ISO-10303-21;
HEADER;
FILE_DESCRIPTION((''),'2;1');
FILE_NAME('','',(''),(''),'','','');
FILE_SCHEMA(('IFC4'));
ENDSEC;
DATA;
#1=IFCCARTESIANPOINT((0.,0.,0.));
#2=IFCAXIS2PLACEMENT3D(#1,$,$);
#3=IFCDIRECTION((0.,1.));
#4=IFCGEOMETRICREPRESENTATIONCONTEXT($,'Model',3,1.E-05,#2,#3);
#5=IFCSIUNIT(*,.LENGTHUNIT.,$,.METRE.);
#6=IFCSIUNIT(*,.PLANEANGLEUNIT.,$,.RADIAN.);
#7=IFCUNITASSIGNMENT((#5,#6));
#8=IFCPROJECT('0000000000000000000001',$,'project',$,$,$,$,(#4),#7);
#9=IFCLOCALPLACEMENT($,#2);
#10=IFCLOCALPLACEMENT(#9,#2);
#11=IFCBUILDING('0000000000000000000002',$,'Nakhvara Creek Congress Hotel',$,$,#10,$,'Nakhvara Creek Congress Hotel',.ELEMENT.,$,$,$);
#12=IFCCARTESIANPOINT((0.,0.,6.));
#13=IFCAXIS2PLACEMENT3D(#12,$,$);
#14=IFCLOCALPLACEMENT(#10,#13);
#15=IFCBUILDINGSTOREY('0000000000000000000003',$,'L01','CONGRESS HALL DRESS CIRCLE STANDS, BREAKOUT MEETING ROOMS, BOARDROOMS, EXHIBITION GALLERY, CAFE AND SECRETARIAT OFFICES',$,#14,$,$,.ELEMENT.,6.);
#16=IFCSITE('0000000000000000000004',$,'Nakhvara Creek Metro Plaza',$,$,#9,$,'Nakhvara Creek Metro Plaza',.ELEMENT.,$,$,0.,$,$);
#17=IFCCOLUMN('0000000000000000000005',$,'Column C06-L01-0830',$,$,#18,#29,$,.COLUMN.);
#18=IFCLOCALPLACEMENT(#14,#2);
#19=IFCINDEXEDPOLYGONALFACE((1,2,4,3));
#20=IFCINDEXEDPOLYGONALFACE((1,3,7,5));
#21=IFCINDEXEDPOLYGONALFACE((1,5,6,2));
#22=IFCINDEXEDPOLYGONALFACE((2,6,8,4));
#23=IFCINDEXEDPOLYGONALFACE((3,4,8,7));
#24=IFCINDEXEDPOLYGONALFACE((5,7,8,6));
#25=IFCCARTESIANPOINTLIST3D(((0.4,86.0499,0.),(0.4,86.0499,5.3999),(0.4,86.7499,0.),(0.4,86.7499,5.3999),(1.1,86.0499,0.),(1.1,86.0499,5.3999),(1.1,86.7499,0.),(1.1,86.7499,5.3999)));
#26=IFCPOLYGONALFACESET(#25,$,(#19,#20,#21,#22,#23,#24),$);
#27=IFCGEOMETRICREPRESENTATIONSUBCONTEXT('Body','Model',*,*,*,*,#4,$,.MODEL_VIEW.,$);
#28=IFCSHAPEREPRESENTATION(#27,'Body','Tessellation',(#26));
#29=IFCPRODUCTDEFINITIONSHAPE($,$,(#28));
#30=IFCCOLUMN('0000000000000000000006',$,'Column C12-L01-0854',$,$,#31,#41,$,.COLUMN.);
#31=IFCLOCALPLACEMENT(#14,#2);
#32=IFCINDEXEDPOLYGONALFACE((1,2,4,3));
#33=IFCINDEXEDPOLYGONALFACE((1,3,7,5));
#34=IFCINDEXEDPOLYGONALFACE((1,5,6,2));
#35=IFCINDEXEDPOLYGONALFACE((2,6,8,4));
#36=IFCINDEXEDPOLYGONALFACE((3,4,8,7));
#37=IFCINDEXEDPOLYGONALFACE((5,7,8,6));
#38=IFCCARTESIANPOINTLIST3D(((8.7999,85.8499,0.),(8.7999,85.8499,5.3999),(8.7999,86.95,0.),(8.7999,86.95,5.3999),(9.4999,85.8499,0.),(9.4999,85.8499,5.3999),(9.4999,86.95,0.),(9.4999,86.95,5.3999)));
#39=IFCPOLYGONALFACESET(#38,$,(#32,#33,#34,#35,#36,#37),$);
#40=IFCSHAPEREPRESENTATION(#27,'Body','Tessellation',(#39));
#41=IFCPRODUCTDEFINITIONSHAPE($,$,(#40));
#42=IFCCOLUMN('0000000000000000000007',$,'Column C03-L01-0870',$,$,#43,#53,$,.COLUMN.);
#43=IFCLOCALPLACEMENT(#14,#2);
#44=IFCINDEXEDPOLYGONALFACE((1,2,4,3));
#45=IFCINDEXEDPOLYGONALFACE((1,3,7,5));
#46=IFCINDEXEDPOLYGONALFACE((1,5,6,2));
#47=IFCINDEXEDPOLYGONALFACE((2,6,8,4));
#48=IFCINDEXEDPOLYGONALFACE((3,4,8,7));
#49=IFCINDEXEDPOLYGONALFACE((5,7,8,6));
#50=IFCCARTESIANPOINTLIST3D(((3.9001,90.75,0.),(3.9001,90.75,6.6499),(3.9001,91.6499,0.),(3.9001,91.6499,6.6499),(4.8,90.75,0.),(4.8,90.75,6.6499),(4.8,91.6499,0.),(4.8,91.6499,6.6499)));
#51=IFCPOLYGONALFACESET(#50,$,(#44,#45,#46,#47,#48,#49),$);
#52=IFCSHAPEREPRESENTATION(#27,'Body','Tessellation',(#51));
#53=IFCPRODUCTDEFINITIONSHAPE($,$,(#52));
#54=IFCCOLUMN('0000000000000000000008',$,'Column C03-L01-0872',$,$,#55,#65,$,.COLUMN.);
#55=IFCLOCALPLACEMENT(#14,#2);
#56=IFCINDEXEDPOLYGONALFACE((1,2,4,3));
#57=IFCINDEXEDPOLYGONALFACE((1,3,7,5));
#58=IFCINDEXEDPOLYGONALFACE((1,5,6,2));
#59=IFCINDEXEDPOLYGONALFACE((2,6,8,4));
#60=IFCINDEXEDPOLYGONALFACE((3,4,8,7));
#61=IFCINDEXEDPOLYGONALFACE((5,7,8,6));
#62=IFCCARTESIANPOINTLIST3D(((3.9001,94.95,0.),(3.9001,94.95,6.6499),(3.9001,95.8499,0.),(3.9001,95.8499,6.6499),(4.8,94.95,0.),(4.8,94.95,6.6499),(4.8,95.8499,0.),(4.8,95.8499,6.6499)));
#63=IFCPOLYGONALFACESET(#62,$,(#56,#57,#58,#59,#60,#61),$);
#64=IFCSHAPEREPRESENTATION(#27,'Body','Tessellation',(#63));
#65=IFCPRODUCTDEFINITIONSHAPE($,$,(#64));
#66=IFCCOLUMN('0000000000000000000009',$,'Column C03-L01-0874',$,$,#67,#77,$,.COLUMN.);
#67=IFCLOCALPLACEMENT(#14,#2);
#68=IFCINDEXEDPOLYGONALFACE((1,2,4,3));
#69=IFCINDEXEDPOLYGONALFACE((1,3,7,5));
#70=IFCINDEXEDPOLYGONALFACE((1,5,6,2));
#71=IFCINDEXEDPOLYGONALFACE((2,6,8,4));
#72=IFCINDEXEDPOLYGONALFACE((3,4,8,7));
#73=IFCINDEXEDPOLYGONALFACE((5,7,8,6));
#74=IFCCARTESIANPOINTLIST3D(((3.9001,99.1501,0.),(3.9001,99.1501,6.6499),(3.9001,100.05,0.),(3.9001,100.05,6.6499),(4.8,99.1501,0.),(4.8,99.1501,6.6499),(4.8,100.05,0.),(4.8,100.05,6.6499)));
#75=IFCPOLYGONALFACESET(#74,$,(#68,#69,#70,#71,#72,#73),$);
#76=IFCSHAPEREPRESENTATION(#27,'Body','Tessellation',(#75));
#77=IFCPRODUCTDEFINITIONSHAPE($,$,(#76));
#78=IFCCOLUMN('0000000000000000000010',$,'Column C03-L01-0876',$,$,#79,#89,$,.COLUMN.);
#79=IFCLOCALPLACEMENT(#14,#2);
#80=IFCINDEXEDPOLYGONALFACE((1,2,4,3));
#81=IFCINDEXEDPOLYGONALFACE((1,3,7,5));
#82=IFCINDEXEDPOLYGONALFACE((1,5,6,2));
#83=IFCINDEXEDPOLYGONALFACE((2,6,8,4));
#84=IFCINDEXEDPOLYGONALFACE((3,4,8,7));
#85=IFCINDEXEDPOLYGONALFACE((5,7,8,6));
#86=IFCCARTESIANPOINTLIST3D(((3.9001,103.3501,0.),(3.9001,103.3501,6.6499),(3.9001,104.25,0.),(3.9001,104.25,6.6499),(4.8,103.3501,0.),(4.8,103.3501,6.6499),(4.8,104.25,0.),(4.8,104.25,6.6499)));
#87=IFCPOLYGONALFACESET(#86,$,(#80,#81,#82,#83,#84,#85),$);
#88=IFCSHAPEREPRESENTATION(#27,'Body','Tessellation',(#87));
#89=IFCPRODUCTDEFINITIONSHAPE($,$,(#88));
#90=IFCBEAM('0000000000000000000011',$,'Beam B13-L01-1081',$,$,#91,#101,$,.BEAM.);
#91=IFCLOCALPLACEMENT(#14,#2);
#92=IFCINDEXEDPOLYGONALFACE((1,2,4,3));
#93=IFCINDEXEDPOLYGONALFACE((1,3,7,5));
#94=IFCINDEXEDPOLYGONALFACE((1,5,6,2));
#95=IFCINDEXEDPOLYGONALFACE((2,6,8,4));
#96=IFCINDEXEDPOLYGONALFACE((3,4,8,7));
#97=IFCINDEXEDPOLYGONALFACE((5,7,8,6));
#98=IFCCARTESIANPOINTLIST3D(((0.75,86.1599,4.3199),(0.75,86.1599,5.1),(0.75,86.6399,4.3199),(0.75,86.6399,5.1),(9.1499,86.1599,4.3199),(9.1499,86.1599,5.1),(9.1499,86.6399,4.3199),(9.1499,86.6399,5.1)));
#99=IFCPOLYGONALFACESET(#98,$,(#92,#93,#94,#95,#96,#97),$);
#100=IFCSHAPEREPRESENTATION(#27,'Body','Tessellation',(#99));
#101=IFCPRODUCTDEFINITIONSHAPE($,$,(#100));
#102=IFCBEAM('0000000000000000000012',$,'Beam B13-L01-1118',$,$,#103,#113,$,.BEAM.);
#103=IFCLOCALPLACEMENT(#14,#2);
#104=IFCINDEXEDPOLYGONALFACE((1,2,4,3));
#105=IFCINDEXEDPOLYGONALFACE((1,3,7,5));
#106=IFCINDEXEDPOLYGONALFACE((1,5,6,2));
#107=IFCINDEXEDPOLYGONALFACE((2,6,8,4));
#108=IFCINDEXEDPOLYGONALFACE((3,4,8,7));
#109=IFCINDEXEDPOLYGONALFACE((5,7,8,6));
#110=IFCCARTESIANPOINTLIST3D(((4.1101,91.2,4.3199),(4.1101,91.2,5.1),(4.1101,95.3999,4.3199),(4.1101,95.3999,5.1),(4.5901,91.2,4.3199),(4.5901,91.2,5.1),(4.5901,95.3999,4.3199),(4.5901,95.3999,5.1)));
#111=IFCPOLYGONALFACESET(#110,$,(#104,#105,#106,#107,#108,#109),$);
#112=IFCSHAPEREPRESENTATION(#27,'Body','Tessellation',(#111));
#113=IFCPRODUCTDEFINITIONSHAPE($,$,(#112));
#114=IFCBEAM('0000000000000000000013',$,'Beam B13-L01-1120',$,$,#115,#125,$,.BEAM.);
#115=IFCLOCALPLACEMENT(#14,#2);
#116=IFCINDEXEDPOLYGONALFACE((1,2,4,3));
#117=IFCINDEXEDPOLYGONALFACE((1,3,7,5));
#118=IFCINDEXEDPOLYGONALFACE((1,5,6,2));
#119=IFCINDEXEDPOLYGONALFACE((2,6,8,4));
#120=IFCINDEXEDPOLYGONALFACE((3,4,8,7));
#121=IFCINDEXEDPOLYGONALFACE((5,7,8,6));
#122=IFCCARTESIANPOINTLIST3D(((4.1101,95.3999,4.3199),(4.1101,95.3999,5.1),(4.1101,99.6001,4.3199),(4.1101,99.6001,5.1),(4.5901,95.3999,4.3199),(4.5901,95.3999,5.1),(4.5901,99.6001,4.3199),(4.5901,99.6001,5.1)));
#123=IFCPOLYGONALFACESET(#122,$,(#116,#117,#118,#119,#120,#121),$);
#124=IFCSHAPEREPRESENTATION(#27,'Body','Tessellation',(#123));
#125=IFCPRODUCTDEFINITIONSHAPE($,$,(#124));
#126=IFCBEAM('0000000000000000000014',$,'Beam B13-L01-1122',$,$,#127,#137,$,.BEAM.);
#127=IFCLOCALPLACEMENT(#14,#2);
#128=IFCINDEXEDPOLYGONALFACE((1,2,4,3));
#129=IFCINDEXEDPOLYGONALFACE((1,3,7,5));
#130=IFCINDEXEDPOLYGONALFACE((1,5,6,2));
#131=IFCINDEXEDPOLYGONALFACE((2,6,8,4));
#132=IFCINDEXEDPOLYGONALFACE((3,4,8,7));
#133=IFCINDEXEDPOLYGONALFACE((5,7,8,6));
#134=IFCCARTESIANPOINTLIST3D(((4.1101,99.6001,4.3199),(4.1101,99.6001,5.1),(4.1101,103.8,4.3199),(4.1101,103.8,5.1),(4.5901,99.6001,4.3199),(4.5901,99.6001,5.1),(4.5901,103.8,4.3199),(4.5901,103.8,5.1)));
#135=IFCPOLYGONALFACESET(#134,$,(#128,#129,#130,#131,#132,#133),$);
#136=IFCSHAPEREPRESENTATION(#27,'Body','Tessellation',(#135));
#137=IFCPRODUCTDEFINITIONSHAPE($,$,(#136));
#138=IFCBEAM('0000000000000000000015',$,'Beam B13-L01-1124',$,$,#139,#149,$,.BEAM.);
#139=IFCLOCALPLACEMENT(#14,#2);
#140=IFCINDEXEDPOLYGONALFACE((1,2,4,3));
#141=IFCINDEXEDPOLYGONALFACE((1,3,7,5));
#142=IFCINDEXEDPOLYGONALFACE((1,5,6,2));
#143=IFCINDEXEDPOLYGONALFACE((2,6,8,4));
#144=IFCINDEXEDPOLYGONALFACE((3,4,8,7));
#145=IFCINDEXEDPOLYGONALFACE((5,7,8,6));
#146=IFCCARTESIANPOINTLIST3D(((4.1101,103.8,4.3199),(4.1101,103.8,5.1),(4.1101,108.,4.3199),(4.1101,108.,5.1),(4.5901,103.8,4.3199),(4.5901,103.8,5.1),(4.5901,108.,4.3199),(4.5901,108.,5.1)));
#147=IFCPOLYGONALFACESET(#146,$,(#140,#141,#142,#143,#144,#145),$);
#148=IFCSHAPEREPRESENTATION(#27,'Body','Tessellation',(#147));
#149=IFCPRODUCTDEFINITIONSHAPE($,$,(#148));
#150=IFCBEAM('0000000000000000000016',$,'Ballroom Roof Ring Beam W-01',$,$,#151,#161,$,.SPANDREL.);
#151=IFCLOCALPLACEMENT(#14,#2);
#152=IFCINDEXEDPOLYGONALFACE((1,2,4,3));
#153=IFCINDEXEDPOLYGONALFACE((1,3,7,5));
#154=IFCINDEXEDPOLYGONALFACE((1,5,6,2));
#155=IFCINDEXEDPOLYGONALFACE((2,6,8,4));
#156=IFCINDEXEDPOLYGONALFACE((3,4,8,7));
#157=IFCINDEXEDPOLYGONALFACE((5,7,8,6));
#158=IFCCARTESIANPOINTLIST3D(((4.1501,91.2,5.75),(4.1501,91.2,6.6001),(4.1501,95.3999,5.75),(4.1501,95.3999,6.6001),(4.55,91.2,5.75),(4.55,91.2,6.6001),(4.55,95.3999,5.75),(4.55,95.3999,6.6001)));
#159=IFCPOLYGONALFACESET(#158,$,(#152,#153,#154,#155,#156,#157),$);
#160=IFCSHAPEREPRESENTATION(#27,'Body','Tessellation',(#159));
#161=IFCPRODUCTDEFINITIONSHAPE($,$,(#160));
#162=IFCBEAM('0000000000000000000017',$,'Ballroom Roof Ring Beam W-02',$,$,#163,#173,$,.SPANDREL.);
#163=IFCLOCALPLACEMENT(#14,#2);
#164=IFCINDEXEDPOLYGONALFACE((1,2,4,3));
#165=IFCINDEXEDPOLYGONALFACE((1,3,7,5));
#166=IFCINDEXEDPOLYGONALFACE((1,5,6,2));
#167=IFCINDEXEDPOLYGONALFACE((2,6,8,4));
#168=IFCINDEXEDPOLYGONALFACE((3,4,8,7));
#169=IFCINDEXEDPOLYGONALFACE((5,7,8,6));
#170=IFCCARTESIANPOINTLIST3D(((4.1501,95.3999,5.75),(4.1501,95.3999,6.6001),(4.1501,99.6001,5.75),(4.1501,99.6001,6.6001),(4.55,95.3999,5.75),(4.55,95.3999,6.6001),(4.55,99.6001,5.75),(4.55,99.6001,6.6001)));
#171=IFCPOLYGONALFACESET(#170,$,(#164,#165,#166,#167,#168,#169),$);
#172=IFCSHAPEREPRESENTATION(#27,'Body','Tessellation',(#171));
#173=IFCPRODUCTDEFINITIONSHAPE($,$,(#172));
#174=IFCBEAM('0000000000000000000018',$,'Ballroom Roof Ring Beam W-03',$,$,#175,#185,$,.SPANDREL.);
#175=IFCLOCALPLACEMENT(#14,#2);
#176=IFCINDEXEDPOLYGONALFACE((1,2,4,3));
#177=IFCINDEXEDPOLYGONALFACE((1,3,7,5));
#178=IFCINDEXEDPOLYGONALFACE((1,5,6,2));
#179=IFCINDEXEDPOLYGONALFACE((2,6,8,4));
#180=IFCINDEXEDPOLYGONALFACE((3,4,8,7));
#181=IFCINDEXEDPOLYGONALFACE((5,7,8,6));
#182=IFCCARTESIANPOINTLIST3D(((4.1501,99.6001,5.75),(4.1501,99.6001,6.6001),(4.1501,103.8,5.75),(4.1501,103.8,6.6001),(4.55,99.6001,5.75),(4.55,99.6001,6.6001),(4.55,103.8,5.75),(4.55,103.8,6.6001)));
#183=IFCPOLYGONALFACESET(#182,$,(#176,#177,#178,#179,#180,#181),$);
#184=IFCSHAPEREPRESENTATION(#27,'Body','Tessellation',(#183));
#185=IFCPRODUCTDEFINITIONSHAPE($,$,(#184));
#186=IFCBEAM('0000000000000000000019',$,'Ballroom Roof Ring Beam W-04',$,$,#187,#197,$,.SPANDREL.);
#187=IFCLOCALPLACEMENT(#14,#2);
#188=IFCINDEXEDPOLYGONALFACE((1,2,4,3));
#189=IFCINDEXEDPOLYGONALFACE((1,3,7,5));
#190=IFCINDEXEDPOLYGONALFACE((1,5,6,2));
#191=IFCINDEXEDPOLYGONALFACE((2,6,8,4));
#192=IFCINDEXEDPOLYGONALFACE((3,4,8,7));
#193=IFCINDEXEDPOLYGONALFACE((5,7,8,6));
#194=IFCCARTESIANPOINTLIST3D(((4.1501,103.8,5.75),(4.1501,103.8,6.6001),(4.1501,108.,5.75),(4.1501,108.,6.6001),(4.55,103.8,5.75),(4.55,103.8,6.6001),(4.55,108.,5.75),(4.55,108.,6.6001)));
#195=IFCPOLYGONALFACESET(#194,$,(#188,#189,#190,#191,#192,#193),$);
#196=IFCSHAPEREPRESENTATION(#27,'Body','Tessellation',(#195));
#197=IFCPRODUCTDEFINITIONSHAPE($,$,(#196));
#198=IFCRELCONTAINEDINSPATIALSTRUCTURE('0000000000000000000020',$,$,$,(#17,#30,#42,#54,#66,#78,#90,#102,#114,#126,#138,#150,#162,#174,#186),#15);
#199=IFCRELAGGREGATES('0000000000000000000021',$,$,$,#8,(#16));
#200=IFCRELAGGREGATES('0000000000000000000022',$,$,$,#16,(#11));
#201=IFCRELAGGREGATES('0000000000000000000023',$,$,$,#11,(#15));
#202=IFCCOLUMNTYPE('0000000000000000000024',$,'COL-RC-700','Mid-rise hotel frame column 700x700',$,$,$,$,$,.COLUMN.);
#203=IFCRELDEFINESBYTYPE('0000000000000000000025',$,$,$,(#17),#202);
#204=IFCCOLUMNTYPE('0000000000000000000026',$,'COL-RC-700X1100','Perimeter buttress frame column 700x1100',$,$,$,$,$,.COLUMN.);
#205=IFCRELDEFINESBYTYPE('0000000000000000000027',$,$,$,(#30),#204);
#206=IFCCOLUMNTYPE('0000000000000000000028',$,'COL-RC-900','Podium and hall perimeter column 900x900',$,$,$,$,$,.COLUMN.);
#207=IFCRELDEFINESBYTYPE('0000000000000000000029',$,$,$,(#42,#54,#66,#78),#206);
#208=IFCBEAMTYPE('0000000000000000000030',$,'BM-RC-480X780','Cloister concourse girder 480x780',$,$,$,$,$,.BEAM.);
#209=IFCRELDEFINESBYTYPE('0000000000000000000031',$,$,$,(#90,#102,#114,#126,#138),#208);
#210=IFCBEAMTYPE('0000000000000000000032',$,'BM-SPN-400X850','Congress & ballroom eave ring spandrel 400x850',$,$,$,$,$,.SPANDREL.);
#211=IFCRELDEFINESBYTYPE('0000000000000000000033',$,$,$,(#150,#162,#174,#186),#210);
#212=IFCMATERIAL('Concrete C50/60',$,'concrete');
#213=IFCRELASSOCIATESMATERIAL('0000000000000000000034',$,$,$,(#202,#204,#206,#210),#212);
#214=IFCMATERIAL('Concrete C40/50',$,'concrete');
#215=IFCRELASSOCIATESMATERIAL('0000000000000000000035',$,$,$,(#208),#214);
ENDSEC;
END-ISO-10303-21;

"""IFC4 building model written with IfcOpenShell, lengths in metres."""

from ifc_helpers import new_model, si_unit, direction, frame, origin, origin_2d, place, context, subcontext, project, spatial, rectangle, extrude, material, material_profile, profile_set, type_object, element, save


model = new_model("IFC4")

# Units and contexts
model_context = context("Model", 3, precision=1e-05, world=origin(), true_north=direction((0.0, 1.0)))
body_context = subcontext(model_context, "Body", "Model", "MODEL_VIEW")
ifc_project = project(units=[si_unit("LENGTHUNIT", "METRE"), si_unit("PLANEANGLEUNIT", "RADIAN")], contexts=[model_context])

# Site, building, storey
site_placement = place(None, origin())
site = spatial("IfcSite", under=ifc_project, at=site_placement, Name="Nakhvara Creek Metro Plaza", LongName="Nakhvara Creek Metro Plaza", CompositionType="ELEMENT", RefElevation=0.0)
building_placement = place(site_placement, origin())
building = spatial("IfcBuilding", under=site, at=building_placement, Name="Nakhvara Creek Congress Hotel", LongName="Nakhvara Creek Congress Hotel", CompositionType="ELEMENT")
storey_placement = place(building_placement, frame((0.0, 0.0, 6.0)))
storey = spatial("IfcBuildingStorey", under=building, at=storey_placement, Name="L01", Description="CONGRESS HALL DRESS CIRCLE STANDS, BREAKOUT MEETING ROOMS, BOARDROOMS, EXHIBITION GALLERY, CAFE AND SECRETARIAT OFFICES", CompositionType="ELEMENT", Elevation=6.0)

# Columns
ifc_material_1 = material(Name="Concrete C50/60", Category="concrete")
ifc_material_profile_1 = material_profile(ifc_material_1, rectangle(XDim=0.7, YDim=0.7, at=origin_2d()), Name="RC-COL 700x700", Category="LoadBearing")
ifc_profile_set_1 = profile_set([ifc_material_profile_1], Name="Concrete C50/60")
column_type_1 = type_object("IfcColumnType", Name="COL-RC-700", Description="Mid-rise hotel frame column 700x700", PredefinedType="COLUMN", material=ifc_profile_set_1)
column_1_placement = place(storey_placement, frame((0.75, 86.3999, 0.0), z_axis=(0.0, 0.0, 1.0), x_axis=(1.0, 0.0, 0.0)))
element("IfcColumn", 1, at=column_1_placement, inside=storey, type_object=column_type_1, Name="Column C06-L01-0830", PredefinedType="COLUMN", context=body_context, shape_type="SweptSolid", body=[
    extrude(rectangle(XDim=0.7, YDim=0.7, at=origin_2d()), origin(), (0.0, 0.0, 1.0), 5.3999),
])
ifc_material_profile_2 = material_profile(ifc_material_1, rectangle(XDim=0.7, YDim=1.1001, at=origin_2d()), Name="RC-COL 700x1100", Category="LoadBearing")
ifc_profile_set_2 = profile_set([ifc_material_profile_2], Name="Concrete C50/60")
column_type_2 = type_object("IfcColumnType", Name="COL-RC-700X1100", Description="Perimeter buttress frame column 700x1100", PredefinedType="COLUMN", material=ifc_profile_set_2)
column_2_placement = place(storey_placement, frame((9.1499, 86.3999, 0.0), z_axis=(0.0, 0.0, 1.0), x_axis=(1.0, 0.0, 0.0)))
element("IfcColumn", 2, at=column_2_placement, inside=storey, type_object=column_type_2, Name="Column C12-L01-0854", PredefinedType="COLUMN", context=body_context, shape_type="SweptSolid", body=[
    extrude(rectangle(XDim=0.7, YDim=1.1001, at=origin_2d()), origin(), (0.0, 0.0, 1.0), 5.3999),
])
ifc_material_profile_3 = material_profile(ifc_material_1, rectangle(XDim=0.8999, YDim=0.8999, at=origin_2d()), Name="RC-COL 900x900", Category="LoadBearing")
ifc_profile_set_3 = profile_set([ifc_material_profile_3], Name="Concrete C50/60")
column_type_3 = type_object("IfcColumnType", Name="COL-RC-900", Description="Podium and hall perimeter column 900x900", PredefinedType="COLUMN", material=ifc_profile_set_3)
for number, where, z_axis, x_axis, name in (
    (3, (4.3501, 91.2, 0.0), (0.0, 0.0, 1.0), (1.0, 0.0, 0.0), "Column C03-L01-0870"),
    (4, (4.3501, 95.3999, 0.0), (0.0, 0.0, 1.0), (1.0, 0.0, 0.0), "Column C03-L01-0872"),
    (5, (4.3501, 99.6001, 0.0), (0.0, 0.0, 1.0), (1.0, 0.0, 0.0), "Column C03-L01-0874"),
    (6, (4.3501, 103.8, 0.0), (0.0, 0.0, 1.0), (1.0, 0.0, 0.0), "Column C03-L01-0876"),
):
    element("IfcColumn", number, at=place(storey_placement, frame(where, z_axis=z_axis, x_axis=x_axis)), inside=storey, type_object=column_type_3, Name=name, PredefinedType="COLUMN", context=body_context, shape_type="SweptSolid", body=[
        extrude(rectangle(XDim=0.8999, YDim=0.8999, at=origin_2d()), origin(), (0.0, 0.0, 1.0), 6.6499),
    ])

# Beams
ifc_material_2 = material(Name="Concrete C40/50", Category="concrete")
ifc_material_profile_4 = material_profile(ifc_material_2, rectangle(XDim=0.48, YDim=0.78, at=origin_2d()), Name="RC-BM 480x780", Category="LoadBearing")
ifc_profile_set_4 = profile_set([ifc_material_profile_4], Name="Concrete C40/50")
beam_type_1 = type_object("IfcBeamType", Name="BM-RC-480X780", Description="Cloister concourse girder 480x780", PredefinedType="BEAM", material=ifc_profile_set_4)
beam_1_placement = place(storey_placement, frame((0.75, 86.3999, 4.71), z_axis=(1.0, 0.0, 0.0), x_axis=(0.0, 1.0, 0.0)))
element("IfcBeam", 7, at=beam_1_placement, inside=storey, type_object=beam_type_1, Name="Beam B13-L01-1081", PredefinedType="BEAM", context=body_context, shape_type="SweptSolid", body=[
    extrude(rectangle(XDim=0.48, YDim=0.78, at=origin_2d()), origin(), (0.0, 0.0, 1.0), 8.3999),
])
beam_2_placement = place(storey_placement, frame((4.3501, 91.2, 4.71), z_axis=(0.0, 1.0, 0.0), x_axis=(-1.0, 0.0, 0.0)))
element("IfcBeam", 8, at=beam_2_placement, inside=storey, type_object=beam_type_1, Name="Beam B13-L01-1118", PredefinedType="BEAM", context=body_context, shape_type="SweptSolid", body=[
    extrude(rectangle(XDim=0.48, YDim=0.78, at=origin_2d()), origin(), (0.0, 0.0, 1.0), 4.2),
])
beam_3_placement = place(storey_placement, frame((4.3501, 95.3999, 4.71), z_axis=(0.0, 1.0, 0.0), x_axis=(-1.0, 0.0, 0.0)))
element("IfcBeam", 9, at=beam_3_placement, inside=storey, type_object=beam_type_1, Name="Beam B13-L01-1120", PredefinedType="BEAM", context=body_context, shape_type="SweptSolid", body=[
    extrude(rectangle(XDim=0.48, YDim=0.78, at=origin_2d()), origin(), (0.0, 0.0, 1.0), 4.2002),
])
for number, where, z_axis, x_axis, name in (
    (10, (4.3501, 99.6001, 4.71), (0.0, 1.0, 0.0), (-1.0, 0.0, 0.0), "Beam B13-L01-1122"),
    (11, (4.3501, 103.8, 4.71), (0.0, 1.0, 0.0), (-1.0, 0.0, 0.0), "Beam B13-L01-1124"),
):
    element("IfcBeam", number, at=place(storey_placement, frame(where, z_axis=z_axis, x_axis=x_axis)), inside=storey, type_object=beam_type_1, Name=name, PredefinedType="BEAM", context=body_context, shape_type="SweptSolid", body=[
        extrude(rectangle(XDim=0.48, YDim=0.78, at=origin_2d()), origin(), (0.0, 0.0, 1.0), 4.2),
    ])
ifc_material_profile_5 = material_profile(ifc_material_1, rectangle(XDim=0.3999, YDim=0.8501, at=origin_2d()), Name="RC-SPANDREL 400x850", Category="LoadBearing")
ifc_profile_set_5 = profile_set([ifc_material_profile_5], Name="Concrete C50/60")
beam_type_2 = type_object("IfcBeamType", Name="BM-SPN-400X850", Description="Congress & ballroom eave ring spandrel 400x850", PredefinedType="SPANDREL", material=ifc_profile_set_5)
beam_4_placement = place(storey_placement, frame((4.3501, 91.2, 6.175), z_axis=(0.0, 1.0, 0.0), x_axis=(-1.0, 0.0, 0.0)))
element("IfcBeam", 12, at=beam_4_placement, inside=storey, type_object=beam_type_2, Name="Ballroom Roof Ring Beam W-01", PredefinedType="SPANDREL", context=body_context, shape_type="SweptSolid", body=[
    extrude(rectangle(XDim=0.3999, YDim=0.8501, at=origin_2d()), origin(), (0.0, 0.0, 1.0), 4.2),
])
beam_5_placement = place(storey_placement, frame((4.3501, 95.3999, 6.175), z_axis=(0.0, 1.0, 0.0), x_axis=(-1.0, 0.0, 0.0)))
element("IfcBeam", 13, at=beam_5_placement, inside=storey, type_object=beam_type_2, Name="Ballroom Roof Ring Beam W-02", PredefinedType="SPANDREL", context=body_context, shape_type="SweptSolid", body=[
    extrude(rectangle(XDim=0.3999, YDim=0.8501, at=origin_2d()), origin(), (0.0, 0.0, 1.0), 4.2002),
])
for number, where, z_axis, x_axis, name in (
    (14, (4.3501, 99.6001, 6.175), (0.0, 1.0, 0.0), (-1.0, 0.0, 0.0), "Ballroom Roof Ring Beam W-03"),
    (15, (4.3501, 103.8, 6.175), (0.0, 1.0, 0.0), (-1.0, 0.0, 0.0), "Ballroom Roof Ring Beam W-04"),
):
    element("IfcBeam", number, at=place(storey_placement, frame(where, z_axis=z_axis, x_axis=x_axis)), inside=storey, type_object=beam_type_2, Name=name, PredefinedType="SPANDREL", context=body_context, shape_type="SweptSolid", body=[
        extrude(rectangle(XDim=0.3999, YDim=0.8501, at=origin_2d()), origin(), (0.0, 0.0, 1.0), 4.2),
    ])

save(model, "model.ifc")
